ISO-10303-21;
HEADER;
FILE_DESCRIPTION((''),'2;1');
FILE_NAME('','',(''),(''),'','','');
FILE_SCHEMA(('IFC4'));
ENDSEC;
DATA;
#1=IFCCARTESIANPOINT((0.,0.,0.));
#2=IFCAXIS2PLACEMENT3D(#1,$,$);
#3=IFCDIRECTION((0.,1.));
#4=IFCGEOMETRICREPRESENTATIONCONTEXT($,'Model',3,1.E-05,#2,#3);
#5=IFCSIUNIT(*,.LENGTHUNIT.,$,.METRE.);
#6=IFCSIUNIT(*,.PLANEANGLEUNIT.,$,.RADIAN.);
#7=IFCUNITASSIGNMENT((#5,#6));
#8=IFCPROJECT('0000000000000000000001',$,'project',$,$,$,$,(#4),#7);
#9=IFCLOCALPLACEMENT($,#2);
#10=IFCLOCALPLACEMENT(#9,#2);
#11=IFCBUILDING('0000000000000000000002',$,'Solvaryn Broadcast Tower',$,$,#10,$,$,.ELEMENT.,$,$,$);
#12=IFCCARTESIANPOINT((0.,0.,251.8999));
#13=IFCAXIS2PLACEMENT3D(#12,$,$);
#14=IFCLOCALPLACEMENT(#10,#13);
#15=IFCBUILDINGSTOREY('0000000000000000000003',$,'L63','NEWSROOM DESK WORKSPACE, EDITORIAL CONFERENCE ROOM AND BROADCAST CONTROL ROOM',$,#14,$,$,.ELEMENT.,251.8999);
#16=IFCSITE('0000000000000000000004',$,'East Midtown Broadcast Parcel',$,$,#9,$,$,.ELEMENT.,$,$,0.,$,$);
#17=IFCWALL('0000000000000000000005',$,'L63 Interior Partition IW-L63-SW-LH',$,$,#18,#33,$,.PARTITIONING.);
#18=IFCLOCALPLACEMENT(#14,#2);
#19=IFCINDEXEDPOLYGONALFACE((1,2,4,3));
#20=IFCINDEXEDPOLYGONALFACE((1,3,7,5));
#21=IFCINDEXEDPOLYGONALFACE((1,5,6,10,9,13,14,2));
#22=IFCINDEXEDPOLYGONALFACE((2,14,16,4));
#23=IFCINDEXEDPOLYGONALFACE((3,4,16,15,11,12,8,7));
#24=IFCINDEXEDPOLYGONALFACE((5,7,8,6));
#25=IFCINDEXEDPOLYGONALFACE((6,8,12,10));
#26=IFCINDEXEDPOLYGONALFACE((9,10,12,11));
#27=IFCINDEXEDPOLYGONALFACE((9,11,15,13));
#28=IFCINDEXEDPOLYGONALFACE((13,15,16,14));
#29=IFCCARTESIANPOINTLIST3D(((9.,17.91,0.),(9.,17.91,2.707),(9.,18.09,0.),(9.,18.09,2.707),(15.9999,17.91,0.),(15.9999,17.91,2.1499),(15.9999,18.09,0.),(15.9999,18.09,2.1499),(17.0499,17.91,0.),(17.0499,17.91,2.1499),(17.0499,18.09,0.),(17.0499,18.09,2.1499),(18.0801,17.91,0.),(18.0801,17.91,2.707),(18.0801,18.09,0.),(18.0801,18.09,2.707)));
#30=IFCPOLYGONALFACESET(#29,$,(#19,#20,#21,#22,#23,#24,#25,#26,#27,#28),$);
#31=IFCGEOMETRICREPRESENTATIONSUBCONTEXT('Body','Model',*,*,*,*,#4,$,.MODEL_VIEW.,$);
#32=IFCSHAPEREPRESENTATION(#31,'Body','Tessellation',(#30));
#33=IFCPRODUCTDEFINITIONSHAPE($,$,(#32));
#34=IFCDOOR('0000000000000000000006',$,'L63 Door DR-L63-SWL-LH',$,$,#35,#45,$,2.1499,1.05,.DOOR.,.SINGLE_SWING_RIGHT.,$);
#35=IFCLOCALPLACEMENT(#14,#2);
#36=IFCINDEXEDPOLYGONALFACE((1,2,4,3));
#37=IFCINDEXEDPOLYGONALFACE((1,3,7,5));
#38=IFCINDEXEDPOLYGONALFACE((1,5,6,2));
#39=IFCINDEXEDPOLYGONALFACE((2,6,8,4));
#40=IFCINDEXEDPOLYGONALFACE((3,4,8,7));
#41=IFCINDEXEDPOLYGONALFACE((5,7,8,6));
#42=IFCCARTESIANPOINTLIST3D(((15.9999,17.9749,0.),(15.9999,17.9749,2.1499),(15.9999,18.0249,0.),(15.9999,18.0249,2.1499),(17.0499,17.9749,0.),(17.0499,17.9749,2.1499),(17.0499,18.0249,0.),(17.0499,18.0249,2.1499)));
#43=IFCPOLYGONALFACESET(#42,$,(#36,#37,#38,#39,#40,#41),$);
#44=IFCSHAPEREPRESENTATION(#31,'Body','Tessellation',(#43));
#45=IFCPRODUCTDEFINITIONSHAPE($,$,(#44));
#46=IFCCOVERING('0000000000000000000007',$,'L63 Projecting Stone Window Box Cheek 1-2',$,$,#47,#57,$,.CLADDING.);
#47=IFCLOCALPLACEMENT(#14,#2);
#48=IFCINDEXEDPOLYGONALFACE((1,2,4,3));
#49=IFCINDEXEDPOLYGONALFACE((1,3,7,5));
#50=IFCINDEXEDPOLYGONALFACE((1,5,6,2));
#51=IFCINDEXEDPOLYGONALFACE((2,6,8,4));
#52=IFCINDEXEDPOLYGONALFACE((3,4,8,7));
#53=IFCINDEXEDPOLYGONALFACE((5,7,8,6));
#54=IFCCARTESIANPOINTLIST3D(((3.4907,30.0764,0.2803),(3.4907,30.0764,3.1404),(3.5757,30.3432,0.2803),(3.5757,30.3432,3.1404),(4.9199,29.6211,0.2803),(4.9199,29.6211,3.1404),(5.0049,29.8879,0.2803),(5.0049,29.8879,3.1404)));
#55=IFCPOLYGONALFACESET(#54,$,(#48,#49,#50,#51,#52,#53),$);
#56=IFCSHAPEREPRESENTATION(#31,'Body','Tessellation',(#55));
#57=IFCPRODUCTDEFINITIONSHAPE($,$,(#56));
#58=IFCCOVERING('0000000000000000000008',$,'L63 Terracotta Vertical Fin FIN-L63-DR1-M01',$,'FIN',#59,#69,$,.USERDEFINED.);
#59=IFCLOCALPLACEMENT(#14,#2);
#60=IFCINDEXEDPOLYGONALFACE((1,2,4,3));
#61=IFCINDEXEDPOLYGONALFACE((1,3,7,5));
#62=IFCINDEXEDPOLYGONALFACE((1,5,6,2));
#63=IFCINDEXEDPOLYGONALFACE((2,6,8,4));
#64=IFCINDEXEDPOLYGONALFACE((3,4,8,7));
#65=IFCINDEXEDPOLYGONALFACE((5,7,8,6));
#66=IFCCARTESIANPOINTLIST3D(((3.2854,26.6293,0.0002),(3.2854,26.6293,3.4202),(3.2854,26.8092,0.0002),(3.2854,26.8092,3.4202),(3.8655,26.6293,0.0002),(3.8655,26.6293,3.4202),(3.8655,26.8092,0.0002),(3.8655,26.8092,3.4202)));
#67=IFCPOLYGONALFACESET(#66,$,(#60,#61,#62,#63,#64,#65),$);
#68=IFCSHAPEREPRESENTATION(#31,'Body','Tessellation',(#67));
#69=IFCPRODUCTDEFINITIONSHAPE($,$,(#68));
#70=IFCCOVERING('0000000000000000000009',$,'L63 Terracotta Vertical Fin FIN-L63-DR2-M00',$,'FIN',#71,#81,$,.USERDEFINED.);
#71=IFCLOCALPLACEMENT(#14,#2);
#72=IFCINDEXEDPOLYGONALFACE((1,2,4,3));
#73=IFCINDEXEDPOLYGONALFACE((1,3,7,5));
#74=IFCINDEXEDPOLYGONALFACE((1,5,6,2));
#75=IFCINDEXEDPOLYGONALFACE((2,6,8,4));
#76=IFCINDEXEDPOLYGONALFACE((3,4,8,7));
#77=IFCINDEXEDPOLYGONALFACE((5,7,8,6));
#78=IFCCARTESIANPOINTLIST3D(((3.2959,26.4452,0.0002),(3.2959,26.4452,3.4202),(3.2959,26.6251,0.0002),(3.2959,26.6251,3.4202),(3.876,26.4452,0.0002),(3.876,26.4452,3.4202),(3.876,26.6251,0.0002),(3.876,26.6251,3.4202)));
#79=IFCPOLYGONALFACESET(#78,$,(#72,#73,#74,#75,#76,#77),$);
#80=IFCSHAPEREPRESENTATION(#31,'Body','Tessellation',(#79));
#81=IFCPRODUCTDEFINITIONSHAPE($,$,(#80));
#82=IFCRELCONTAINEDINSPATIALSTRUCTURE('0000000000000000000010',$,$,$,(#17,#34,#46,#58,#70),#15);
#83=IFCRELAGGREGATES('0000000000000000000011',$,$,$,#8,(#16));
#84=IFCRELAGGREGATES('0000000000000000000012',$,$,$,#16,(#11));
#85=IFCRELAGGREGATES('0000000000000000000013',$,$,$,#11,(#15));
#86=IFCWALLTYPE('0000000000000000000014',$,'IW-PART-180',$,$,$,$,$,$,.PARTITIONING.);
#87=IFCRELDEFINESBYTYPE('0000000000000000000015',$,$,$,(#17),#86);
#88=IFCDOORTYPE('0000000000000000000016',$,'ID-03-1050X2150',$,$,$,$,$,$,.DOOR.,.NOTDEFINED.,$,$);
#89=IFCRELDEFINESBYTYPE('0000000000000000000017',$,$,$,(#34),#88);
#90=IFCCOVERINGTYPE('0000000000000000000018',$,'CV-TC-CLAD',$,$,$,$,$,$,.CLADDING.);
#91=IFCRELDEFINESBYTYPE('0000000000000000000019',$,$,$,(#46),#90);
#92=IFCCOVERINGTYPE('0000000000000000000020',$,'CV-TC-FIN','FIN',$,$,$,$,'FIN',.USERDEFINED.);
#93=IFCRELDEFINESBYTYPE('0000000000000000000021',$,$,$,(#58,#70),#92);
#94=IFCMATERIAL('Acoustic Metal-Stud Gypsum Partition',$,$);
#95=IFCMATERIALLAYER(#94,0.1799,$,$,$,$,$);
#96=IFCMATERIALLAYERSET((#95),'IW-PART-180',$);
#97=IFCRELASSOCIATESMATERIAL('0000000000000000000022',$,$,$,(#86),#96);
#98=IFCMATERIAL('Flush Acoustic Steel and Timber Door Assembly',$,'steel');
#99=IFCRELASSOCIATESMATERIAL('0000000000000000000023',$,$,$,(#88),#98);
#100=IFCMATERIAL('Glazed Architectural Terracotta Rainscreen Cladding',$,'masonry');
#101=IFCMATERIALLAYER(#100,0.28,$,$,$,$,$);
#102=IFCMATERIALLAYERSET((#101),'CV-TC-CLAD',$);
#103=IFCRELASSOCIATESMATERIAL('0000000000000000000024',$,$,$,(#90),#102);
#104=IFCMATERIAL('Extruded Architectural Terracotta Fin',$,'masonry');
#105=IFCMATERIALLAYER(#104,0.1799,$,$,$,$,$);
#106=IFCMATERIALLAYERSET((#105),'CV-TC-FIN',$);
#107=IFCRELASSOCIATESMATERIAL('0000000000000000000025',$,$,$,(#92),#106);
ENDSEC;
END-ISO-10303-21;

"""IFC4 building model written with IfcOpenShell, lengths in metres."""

from ifc_helpers import new_model, si_unit, direction, frame, frame_2d, origin, origin_2d, place, context, subcontext, project, spatial, rectangle, extrude, material, layer, layer_set, type_object, element, fill, save


model = new_model("IFC4")

# Units and contexts
model_context = context("Model", 3, precision=1e-05, world=origin(), true_north=direction((0.0, 1.0)))
body_context = subcontext(model_context, "Body", "Model", "MODEL_VIEW")
ifc_project = project(units=[si_unit("LENGTHUNIT", "METRE"), si_unit("PLANEANGLEUNIT", "RADIAN")], contexts=[model_context])

# Site, building, storey
site_placement = place(None, origin())
site = spatial("IfcSite", under=ifc_project, at=site_placement, Name="East Midtown Broadcast Parcel", CompositionType="ELEMENT", RefElevation=0.0)
building_placement = place(site_placement, origin())
building = spatial("IfcBuilding", under=site, at=building_placement, Name="Solvaryn Broadcast Tower", CompositionType="ELEMENT")
storey_placement = place(building_placement, frame((0.0, 0.0, 251.8999)))
storey = spatial("IfcBuildingStorey", under=building, at=storey_placement, Name="L63", Description="NEWSROOM DESK WORKSPACE, EDITORIAL CONFERENCE ROOM AND BROADCAST CONTROL ROOM", CompositionType="ELEMENT", Elevation=251.8999)

# Wall, opening, door
ifc_material_1 = material(Name="Acoustic Metal-Stud Gypsum Partition")
ifc_layer_1 = layer(ifc_material_1, 0.1799)
ifc_layer_set_1 = layer_set([ifc_layer_1], Name="IW-PART-180")
wall_type = type_object("IfcWallType", Name="IW-PART-180", PredefinedType="PARTITIONING", material=ifc_layer_set_1)
wall_placement = place(storey_placement, frame((9.0, 18.0, 0.0), z_axis=(0.0, 0.0, 1.0), x_axis=(1.0, 0.0, 0.0)))
wall = element("IfcWall", 1, at=wall_placement, inside=storey, type_object=wall_type, Name="L63 Interior Partition IW-L63-SW-LH", PredefinedType="PARTITIONING", context=body_context, shape_type="SweptSolid", body=[
    extrude(rectangle(XDim=9.0801, YDim=0.1799, at=frame_2d((4.54, 0.0))), origin(), (0.0, 0.0, 1.0), 2.707),
])
opening_placement = place(wall_placement, frame((7.0, 0.0, 0.0)))
opening = element("IfcOpeningElement", 2, at=opening_placement, cuts=wall, PredefinedType="OPENING", context=body_context, shape_type="SweptSolid", body=[
    extrude(rectangle(XDim=1.05, YDim=2.1499, at=frame_2d((0.5249, 1.075))), frame((0.0, 0.0999, 0.0), z_axis=(0.0, -1.0, 0.0), x_axis=(1.0, 0.0, 0.0)), (0.0, 0.0, 1.0), 0.2),
])
ifc_material_2 = material(Name="Flush Acoustic Steel and Timber Door Assembly", Category="steel")
door_type = type_object("IfcDoorType", Name="ID-03-1050X2150", OperationType="NOTDEFINED", PredefinedType="DOOR", material=ifc_material_2)
door_placement = place(opening_placement, origin())
door = element("IfcDoor", 3, at=door_placement, inside=storey, type_object=door_type, Name="L63 Door DR-L63-SWL-LH", OperationType="SINGLE_SWING_RIGHT", OverallHeight=2.1499, OverallWidth=1.05, PredefinedType="DOOR", context=body_context, shape_type="SweptSolid", body=[
    extrude(rectangle(XDim=1.05, YDim=2.1499, at=frame_2d((0.5249, 1.075))), frame((0.0, 0.0249, 0.0), z_axis=(0.0, -1.0, 0.0), x_axis=(1.0, 0.0, 0.0)), (0.0, 0.0, 1.0), 0.05),
])
fill(opening, door)

# Coverings
ifc_material_3 = material(Name="Glazed Architectural Terracotta Rainscreen Cladding", Category="masonry")
ifc_layer_2 = layer(ifc_material_3, 0.28)
ifc_layer_set_2 = layer_set([ifc_layer_2], Name="CV-TC-CLAD")
covering_type_1 = type_object("IfcCoveringType", Name="CV-TC-CLAD", PredefinedType="CLADDING", material=ifc_layer_set_2)
covering_placement = place(storey_placement, frame((4.2478, 29.9822, 0.2803), z_axis=(0.0, 0.0, 1.0), x_axis=(-0.303534, -0.952821, 0.0)))
element("IfcCovering", 4, at=covering_placement, inside=storey, type_object=covering_type_1, Name="L63 Projecting Stone Window Box Cheek 1-2", PredefinedType="CLADDING", context=body_context, shape_type="SweptSolid", body=[
    extrude(rectangle(XDim=0.28, YDim=1.5, at=origin_2d()), origin(), (0.0, 0.0, 1.0), 2.8601),
])
ifc_material_4 = material(Name="Extruded Architectural Terracotta Fin", Category="masonry")
ifc_layer_3 = layer(ifc_material_4, 0.1799)
ifc_layer_set_3 = layer_set([ifc_layer_3], Name="CV-TC-FIN")
covering_type_2 = type_object("IfcCoveringType", Name="CV-TC-FIN", Description="FIN", ElementType="FIN", PredefinedType="USERDEFINED", material=ifc_layer_set_3)
for number, where, z_axis, x_axis, name in (
    (5, (3.5754, 26.7192, 0.0002), (0.0, 0.0, 1.0), (1.0, 0.0, 0.0), "L63 Terracotta Vertical Fin FIN-L63-DR1-M01"),
    (6, (3.5859, 26.5352, 0.0002), (0.0, 0.0, 1.0), (1.0, 0.0, 0.0), "L63 Terracotta Vertical Fin FIN-L63-DR2-M00"),
):
    element("IfcCovering", number, at=place(storey_placement, frame(where, z_axis=z_axis, x_axis=x_axis)), inside=storey, type_object=covering_type_2, Name=name, ObjectType="FIN", PredefinedType="USERDEFINED", context=body_context, shape_type="SweptSolid", body=[
        extrude(rectangle(XDim=0.5801, YDim=0.1799, at=origin_2d()), origin(), (0.0, 0.0, 1.0), 3.4199),
    ])

save(model, "model.ifc")
